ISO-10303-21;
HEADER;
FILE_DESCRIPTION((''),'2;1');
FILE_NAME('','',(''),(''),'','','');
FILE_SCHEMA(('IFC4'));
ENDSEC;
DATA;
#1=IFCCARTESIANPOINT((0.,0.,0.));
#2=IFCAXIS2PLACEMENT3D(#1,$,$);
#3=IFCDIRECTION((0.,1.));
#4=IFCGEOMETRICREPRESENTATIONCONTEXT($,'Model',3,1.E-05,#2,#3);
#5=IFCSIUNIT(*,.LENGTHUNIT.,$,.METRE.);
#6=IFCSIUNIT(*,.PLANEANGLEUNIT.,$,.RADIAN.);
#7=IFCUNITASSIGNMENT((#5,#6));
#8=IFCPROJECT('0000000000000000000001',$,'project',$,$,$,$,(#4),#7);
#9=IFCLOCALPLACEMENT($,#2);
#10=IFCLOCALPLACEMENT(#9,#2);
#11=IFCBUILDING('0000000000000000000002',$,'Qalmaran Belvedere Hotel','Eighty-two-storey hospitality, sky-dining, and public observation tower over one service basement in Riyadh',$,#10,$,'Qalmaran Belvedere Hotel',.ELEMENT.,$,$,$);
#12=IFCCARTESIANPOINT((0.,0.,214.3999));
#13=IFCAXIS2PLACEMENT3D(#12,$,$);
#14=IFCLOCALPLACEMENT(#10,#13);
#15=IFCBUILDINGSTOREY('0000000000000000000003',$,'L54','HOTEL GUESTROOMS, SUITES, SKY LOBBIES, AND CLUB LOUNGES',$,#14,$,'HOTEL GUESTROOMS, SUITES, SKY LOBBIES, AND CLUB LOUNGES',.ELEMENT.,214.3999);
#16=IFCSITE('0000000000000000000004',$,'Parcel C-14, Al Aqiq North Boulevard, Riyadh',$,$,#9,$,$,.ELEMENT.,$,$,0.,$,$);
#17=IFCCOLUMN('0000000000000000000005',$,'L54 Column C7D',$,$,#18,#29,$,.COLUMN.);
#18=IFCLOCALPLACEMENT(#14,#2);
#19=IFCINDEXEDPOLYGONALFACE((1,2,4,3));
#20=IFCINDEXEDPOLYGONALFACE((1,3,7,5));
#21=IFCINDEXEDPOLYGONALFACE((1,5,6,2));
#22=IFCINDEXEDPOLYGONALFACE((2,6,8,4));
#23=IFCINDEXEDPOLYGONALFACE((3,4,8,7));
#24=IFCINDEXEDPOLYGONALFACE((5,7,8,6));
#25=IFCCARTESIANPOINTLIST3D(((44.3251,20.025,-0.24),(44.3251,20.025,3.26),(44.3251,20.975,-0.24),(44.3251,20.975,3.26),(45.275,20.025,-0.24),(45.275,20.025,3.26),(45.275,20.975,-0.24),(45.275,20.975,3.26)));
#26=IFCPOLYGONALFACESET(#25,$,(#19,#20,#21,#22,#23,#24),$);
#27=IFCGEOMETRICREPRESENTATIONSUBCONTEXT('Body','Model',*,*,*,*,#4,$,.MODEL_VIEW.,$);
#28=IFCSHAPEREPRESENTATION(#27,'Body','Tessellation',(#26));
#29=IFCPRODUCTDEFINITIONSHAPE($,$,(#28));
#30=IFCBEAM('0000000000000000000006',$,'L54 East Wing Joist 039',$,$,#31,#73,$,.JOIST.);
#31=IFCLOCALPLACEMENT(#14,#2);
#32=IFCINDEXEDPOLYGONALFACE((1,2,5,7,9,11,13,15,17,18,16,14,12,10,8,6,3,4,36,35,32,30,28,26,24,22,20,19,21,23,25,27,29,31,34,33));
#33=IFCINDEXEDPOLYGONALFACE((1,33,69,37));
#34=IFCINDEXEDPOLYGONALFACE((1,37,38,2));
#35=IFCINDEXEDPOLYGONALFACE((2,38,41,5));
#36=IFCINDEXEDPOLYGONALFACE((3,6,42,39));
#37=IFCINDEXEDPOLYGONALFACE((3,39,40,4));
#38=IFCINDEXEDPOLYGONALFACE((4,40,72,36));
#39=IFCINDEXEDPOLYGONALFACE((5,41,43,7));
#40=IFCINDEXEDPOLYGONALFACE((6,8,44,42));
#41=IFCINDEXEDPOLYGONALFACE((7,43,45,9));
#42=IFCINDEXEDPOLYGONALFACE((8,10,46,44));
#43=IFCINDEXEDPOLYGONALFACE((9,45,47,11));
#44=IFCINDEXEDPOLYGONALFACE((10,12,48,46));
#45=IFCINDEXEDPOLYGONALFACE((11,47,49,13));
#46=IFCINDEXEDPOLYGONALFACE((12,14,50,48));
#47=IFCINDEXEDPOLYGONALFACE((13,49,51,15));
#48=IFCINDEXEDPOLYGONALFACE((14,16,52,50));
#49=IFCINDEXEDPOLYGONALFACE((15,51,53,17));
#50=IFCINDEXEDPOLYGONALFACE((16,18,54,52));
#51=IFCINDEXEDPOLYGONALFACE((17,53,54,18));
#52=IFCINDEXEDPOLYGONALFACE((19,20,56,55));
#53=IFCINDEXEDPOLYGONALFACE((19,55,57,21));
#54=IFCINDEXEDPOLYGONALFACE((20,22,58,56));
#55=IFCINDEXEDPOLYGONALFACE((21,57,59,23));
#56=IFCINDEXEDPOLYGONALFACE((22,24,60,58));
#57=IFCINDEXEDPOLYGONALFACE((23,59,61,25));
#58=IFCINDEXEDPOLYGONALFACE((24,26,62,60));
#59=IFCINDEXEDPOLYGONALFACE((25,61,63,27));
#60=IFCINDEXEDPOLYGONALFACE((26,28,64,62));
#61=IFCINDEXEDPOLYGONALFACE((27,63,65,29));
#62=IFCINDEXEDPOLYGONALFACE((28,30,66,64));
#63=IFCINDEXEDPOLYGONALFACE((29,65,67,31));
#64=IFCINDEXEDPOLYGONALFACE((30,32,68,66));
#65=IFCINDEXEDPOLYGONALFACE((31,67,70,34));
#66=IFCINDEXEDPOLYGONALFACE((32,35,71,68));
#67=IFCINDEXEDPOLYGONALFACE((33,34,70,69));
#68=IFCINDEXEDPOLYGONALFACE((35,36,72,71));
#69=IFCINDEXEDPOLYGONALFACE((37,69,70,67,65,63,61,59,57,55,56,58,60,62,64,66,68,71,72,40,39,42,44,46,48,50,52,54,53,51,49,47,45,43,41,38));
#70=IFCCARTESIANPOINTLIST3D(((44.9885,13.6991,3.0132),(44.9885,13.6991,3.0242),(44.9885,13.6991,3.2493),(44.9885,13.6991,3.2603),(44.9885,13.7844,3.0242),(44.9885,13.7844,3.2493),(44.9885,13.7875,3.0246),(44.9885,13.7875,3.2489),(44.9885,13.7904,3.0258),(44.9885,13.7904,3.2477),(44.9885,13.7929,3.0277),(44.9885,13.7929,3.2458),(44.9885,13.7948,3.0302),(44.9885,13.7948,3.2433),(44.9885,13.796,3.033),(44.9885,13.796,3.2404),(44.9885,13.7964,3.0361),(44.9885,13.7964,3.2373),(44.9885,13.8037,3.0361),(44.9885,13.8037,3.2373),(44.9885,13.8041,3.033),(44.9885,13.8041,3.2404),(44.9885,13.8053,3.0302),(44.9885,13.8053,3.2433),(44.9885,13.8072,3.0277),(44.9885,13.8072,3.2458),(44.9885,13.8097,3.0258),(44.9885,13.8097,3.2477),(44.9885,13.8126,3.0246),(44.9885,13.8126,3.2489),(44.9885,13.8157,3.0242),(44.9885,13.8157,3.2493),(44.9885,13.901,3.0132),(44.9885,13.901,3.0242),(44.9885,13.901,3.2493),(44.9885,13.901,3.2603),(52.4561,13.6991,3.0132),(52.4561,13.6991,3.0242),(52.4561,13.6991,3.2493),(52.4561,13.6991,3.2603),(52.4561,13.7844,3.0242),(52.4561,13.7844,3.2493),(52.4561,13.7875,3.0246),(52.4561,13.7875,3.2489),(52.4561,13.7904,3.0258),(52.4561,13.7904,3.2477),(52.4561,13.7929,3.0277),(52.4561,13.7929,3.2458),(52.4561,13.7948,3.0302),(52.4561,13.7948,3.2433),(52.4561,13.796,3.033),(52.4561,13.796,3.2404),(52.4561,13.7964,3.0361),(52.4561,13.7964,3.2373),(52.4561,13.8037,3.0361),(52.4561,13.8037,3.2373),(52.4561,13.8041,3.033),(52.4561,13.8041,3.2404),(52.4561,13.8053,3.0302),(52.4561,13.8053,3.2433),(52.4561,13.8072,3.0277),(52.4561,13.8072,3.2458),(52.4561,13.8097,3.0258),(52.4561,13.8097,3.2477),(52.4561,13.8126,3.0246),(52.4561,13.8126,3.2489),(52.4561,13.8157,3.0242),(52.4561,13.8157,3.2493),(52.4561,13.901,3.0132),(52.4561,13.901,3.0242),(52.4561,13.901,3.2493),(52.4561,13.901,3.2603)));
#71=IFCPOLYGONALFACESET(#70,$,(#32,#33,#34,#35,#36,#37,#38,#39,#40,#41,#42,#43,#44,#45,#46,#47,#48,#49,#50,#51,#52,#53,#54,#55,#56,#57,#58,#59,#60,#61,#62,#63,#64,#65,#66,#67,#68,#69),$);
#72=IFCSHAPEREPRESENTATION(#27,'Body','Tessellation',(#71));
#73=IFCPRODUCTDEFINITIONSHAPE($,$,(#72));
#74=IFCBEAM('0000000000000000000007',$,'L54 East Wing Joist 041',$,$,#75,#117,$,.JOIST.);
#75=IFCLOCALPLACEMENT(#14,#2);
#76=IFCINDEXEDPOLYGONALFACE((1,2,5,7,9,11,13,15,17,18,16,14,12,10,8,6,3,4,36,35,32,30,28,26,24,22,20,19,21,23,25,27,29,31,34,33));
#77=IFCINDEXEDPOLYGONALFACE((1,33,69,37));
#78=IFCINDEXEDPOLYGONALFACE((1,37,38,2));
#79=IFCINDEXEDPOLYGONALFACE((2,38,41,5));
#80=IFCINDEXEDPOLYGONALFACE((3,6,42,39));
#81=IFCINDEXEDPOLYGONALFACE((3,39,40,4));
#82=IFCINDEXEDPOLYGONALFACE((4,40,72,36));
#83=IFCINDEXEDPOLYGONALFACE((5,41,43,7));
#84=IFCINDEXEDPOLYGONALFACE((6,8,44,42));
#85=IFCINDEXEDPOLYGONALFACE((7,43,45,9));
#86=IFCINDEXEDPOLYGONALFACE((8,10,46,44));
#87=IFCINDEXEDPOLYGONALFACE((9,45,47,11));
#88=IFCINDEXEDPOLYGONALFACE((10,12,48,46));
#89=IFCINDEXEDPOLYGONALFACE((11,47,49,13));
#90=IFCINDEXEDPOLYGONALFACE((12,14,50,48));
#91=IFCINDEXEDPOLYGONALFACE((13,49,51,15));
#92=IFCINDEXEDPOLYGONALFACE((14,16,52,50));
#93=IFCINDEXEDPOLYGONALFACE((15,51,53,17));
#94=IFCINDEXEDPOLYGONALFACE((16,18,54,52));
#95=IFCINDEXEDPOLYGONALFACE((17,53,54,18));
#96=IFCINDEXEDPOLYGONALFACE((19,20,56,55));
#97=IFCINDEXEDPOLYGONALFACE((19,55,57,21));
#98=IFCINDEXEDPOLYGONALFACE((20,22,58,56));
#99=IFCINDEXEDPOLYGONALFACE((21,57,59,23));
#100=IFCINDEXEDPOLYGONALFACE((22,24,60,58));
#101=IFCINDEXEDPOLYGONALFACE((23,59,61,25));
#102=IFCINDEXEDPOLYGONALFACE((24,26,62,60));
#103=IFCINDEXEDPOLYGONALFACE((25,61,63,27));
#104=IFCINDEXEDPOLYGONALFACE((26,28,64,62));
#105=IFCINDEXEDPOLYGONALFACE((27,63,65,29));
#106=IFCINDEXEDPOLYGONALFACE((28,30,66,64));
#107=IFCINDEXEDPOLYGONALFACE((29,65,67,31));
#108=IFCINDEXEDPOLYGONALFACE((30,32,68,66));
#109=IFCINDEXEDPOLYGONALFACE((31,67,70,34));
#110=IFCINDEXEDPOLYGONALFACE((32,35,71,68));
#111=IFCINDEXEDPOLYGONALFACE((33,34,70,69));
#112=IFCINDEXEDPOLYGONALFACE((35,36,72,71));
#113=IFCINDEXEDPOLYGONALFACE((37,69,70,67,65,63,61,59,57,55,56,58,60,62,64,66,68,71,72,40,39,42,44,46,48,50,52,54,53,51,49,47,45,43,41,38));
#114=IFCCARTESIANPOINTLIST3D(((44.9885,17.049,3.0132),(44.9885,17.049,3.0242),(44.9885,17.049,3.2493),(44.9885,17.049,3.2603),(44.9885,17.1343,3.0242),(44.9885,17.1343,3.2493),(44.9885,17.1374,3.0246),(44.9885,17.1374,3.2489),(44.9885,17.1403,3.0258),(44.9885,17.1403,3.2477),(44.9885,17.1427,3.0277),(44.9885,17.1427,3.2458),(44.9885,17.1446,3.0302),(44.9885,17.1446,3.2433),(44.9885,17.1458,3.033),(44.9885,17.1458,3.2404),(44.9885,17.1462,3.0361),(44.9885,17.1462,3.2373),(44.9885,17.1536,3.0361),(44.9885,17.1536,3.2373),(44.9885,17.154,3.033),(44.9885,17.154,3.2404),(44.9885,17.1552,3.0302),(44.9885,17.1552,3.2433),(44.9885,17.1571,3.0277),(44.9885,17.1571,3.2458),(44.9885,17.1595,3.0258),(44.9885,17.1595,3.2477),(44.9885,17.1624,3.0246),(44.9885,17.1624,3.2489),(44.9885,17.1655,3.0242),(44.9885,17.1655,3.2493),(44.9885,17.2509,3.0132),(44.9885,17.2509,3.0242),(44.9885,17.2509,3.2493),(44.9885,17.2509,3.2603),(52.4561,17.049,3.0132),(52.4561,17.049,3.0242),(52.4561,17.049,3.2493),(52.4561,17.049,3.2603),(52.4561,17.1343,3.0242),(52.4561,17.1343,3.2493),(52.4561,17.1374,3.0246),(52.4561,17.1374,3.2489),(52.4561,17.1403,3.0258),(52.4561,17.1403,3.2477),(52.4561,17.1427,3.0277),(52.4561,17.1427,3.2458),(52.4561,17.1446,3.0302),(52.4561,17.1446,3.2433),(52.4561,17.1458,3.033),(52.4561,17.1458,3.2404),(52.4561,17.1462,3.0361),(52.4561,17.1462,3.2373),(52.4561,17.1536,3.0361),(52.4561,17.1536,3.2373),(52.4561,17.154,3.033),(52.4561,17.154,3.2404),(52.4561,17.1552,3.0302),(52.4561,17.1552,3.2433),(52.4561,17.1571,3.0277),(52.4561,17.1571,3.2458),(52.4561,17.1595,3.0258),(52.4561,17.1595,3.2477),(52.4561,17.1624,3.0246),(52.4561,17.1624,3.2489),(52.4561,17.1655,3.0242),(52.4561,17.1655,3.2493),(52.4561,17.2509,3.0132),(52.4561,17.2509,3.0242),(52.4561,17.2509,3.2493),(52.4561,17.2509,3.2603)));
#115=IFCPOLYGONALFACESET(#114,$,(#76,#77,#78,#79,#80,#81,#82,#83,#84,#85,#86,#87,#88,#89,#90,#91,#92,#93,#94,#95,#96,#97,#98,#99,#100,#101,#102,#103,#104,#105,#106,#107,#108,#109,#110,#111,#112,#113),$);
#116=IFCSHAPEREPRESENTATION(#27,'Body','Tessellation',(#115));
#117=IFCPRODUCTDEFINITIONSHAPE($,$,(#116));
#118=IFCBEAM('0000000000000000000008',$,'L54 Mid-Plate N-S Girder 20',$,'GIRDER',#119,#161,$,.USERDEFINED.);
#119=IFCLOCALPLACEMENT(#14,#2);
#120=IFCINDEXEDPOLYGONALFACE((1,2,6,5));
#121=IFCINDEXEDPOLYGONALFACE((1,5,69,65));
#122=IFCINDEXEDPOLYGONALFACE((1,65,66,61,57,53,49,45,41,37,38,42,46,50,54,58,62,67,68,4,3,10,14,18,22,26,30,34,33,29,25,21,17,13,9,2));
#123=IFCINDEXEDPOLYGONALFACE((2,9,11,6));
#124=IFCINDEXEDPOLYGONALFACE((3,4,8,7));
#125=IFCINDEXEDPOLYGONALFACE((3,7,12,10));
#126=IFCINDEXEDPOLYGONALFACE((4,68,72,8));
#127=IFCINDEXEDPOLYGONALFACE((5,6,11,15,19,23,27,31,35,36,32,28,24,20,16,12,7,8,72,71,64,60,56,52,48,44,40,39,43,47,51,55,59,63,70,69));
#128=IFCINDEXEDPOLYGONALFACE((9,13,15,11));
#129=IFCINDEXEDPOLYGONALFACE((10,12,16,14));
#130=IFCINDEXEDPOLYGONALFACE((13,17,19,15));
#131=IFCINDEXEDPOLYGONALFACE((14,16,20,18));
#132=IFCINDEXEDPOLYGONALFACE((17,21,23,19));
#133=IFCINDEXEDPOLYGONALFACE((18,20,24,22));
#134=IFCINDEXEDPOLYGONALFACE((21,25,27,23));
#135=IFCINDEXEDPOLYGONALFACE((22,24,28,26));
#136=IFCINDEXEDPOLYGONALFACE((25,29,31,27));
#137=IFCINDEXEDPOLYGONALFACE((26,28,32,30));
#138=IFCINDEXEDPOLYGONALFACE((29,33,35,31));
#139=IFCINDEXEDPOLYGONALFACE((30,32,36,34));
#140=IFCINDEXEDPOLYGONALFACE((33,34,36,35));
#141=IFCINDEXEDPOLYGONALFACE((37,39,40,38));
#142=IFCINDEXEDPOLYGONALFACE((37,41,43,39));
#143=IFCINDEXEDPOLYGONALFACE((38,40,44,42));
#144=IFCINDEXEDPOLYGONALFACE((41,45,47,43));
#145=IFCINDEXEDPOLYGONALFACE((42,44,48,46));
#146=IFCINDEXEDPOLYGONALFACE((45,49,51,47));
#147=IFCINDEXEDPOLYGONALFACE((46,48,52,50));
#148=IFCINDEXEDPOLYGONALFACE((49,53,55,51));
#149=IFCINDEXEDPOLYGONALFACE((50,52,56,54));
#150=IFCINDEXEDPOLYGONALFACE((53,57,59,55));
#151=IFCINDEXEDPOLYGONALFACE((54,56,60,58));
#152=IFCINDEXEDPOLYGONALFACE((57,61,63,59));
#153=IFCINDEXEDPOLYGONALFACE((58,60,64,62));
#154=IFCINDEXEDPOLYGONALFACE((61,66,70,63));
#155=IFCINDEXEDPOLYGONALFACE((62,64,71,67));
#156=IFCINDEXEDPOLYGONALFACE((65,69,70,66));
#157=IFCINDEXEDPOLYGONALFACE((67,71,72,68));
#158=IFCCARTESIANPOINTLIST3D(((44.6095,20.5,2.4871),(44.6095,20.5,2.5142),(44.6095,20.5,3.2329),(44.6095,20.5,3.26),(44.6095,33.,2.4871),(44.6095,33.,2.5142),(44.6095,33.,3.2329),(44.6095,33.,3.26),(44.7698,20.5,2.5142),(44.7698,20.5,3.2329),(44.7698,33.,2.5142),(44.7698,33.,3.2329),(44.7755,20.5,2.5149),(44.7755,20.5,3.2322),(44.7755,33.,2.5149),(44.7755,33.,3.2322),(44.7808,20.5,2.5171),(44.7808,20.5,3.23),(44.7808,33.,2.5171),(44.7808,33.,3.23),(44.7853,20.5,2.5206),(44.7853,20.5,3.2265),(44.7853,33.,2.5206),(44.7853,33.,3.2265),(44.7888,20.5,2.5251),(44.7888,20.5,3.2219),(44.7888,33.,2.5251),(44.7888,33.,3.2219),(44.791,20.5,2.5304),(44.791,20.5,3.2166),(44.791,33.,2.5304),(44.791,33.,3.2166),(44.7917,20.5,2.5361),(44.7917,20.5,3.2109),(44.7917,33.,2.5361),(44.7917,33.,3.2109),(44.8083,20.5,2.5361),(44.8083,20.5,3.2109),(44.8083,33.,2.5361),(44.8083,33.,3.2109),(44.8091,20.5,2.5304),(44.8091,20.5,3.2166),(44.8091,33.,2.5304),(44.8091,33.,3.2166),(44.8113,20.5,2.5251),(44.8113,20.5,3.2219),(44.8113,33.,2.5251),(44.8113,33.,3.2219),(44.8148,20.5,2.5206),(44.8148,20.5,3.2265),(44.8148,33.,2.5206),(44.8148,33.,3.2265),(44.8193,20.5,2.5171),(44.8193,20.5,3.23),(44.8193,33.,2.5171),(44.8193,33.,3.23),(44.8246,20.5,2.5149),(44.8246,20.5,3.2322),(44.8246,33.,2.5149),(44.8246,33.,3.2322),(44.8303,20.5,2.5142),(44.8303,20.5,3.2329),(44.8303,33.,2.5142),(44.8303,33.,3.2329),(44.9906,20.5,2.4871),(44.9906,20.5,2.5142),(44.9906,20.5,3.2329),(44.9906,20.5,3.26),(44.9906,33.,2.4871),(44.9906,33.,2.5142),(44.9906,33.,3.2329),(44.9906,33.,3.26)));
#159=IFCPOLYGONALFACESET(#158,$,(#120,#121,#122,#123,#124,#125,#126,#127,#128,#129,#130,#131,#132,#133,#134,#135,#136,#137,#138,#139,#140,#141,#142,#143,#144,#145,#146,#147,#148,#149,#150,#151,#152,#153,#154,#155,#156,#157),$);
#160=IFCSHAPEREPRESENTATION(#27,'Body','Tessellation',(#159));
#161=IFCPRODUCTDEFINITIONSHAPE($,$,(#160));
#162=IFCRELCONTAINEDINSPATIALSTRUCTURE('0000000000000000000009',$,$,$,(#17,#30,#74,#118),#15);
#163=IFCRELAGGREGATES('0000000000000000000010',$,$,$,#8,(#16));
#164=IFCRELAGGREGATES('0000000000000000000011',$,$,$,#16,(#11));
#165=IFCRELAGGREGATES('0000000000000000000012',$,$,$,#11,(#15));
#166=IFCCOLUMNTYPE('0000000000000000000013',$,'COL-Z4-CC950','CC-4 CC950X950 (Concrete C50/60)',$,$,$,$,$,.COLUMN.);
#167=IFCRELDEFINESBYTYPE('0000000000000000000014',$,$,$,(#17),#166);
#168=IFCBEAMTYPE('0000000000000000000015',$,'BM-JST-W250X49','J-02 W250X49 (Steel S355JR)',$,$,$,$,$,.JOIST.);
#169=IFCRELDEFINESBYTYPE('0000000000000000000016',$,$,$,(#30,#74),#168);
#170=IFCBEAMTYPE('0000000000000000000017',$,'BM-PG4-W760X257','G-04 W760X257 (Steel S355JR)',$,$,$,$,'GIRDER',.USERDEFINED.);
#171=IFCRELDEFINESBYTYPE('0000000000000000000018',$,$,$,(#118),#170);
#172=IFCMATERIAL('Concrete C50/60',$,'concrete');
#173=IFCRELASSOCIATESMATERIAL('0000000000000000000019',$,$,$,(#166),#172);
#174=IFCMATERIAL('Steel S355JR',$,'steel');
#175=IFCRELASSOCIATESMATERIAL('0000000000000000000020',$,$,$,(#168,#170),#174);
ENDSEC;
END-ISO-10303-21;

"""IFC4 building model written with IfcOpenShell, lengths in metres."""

from ifc_helpers import new_model, si_unit, direction, frame, origin, origin_2d, place, context, subcontext, project, spatial, rectangle, i_section, extrude, material, material_profile, profile_set, type_object, element, save


model = new_model("IFC4")

# Units and contexts
model_context = context("Model", 3, precision=1e-05, world=origin(), true_north=direction((0.0, 1.0)))
body_context = subcontext(model_context, "Body", "Model", "MODEL_VIEW")
ifc_project = project(units=[si_unit("LENGTHUNIT", "METRE"), si_unit("PLANEANGLEUNIT", "RADIAN")], contexts=[model_context])

# Site, building, storey
site_placement = place(None, origin())
site = spatial("IfcSite", under=ifc_project, at=site_placement, Name="Parcel C-14, Al Aqiq North Boulevard, Riyadh", CompositionType="ELEMENT", RefElevation=0.0)
building_placement = place(site_placement, origin())
building = spatial("IfcBuilding", under=site, at=building_placement, Name="Qalmaran Belvedere Hotel", Description="Eighty-two-storey hospitality, sky-dining, and public observation tower over one service basement in Riyadh", LongName="Qalmaran Belvedere Hotel", CompositionType="ELEMENT")
storey_placement = place(building_placement, frame((0.0, 0.0, 214.3999)))
storey = spatial("IfcBuildingStorey", under=building, at=storey_placement, Name="L54", Description="HOTEL GUESTROOMS, SUITES, SKY LOBBIES, AND CLUB LOUNGES", LongName="HOTEL GUESTROOMS, SUITES, SKY LOBBIES, AND CLUB LOUNGES", CompositionType="ELEMENT", Elevation=214.3999)

# Column
ifc_material_1 = material(Name="Concrete C50/60", Category="concrete")
ifc_material_profile_1 = material_profile(ifc_material_1, rectangle(XDim=0.95, YDim=0.95, at=origin_2d()), Name="CC950X950")
ifc_profile_set_1 = profile_set([ifc_material_profile_1], Name="Concrete C50/60")
column_type = type_object("IfcColumnType", Name="COL-Z4-CC950", Description="CC-4 CC950X950 (Concrete C50/60)", PredefinedType="COLUMN", material=ifc_profile_set_1)
column_placement = place(storey_placement, frame((44.8, 20.5, -0.24), z_axis=(0.0, 0.0, 1.0), x_axis=(1.0, 0.0, 0.0)))
element("IfcColumn", 1, at=column_placement, inside=storey, type_object=column_type, Name="L54 Column C7D", PredefinedType="COLUMN", context=body_context, shape_type="SweptSolid", body=[
    extrude(rectangle(XDim=0.95, YDim=0.95, at=origin_2d()), origin(), (0.0, 0.0, 1.0), 3.5),
])

# Beams
ifc_material_2 = material(Name="Steel S355JR", Category="steel")
ifc_material_profile_2 = material_profile(ifc_material_2, i_section(OverallWidth=0.2019, OverallDepth=0.2471, WebThickness=0.0073, FlangeThickness=0.011, FilletRadius=0.012, at=origin_2d()), Name="W250X49")
ifc_profile_set_2 = profile_set([ifc_material_profile_2], Name="Steel S355JR")
beam_type_1 = type_object("IfcBeamType", Name="BM-JST-W250X49", Description="J-02 W250X49 (Steel S355JR)", PredefinedType="JOIST", material=ifc_profile_set_2)
for number, where, z_axis, x_axis, name in (
    (2, (44.9885, 13.8, 3.1367), (1.0, 0.0, 0.0), (0.0, 1.0, 0.0), "L54 East Wing Joist 039"),
    (3, (44.9885, 17.1499, 3.1367), (1.0, 0.0, 0.0), (0.0, 1.0, 0.0), "L54 East Wing Joist 041"),
):
    element("IfcBeam", number, at=place(storey_placement, frame(where, z_axis=z_axis, x_axis=x_axis)), inside=storey, type_object=beam_type_1, Name=name, PredefinedType="JOIST", context=body_context, shape_type="SweptSolid", body=[
        extrude(i_section(OverallWidth=0.2019, OverallDepth=0.2471, WebThickness=0.0073, FlangeThickness=0.011, FilletRadius=0.012, at=origin_2d()), origin(), (0.0, 0.0, 1.0), 7.4675),
    ])
ifc_material_profile_3 = material_profile(ifc_material_2, i_section(OverallWidth=0.3811, OverallDepth=0.7729, WebThickness=0.0166, FlangeThickness=0.0271, FilletRadius=0.022, at=origin_2d()), Name="W760X257")
ifc_profile_set_3 = profile_set([ifc_material_profile_3], Name="Steel S355JR")
beam_type_2 = type_object("IfcBeamType", Name="BM-PG4-W760X257", Description="G-04 W760X257 (Steel S355JR)", ElementType="GIRDER", PredefinedType="USERDEFINED", material=ifc_profile_set_3)
beam_1_placement = place(storey_placement, frame((44.8, 20.5, 2.8735), z_axis=(0.0, 1.0, 0.0), x_axis=(-1.0, 0.0, 0.0)))
element("IfcBeam", 4, at=beam_1_placement, inside=storey, type_object=beam_type_2, Name="L54 Mid-Plate N-S Girder 20", ObjectType="GIRDER", PredefinedType="USERDEFINED", context=body_context, shape_type="SweptSolid", body=[
    extrude(i_section(OverallWidth=0.3811, OverallDepth=0.7729, WebThickness=0.0166, FlangeThickness=0.0271, FilletRadius=0.022, at=origin_2d()), origin(), (0.0, 0.0, 1.0), 12.5),
])

save(model, "model.ifc")
